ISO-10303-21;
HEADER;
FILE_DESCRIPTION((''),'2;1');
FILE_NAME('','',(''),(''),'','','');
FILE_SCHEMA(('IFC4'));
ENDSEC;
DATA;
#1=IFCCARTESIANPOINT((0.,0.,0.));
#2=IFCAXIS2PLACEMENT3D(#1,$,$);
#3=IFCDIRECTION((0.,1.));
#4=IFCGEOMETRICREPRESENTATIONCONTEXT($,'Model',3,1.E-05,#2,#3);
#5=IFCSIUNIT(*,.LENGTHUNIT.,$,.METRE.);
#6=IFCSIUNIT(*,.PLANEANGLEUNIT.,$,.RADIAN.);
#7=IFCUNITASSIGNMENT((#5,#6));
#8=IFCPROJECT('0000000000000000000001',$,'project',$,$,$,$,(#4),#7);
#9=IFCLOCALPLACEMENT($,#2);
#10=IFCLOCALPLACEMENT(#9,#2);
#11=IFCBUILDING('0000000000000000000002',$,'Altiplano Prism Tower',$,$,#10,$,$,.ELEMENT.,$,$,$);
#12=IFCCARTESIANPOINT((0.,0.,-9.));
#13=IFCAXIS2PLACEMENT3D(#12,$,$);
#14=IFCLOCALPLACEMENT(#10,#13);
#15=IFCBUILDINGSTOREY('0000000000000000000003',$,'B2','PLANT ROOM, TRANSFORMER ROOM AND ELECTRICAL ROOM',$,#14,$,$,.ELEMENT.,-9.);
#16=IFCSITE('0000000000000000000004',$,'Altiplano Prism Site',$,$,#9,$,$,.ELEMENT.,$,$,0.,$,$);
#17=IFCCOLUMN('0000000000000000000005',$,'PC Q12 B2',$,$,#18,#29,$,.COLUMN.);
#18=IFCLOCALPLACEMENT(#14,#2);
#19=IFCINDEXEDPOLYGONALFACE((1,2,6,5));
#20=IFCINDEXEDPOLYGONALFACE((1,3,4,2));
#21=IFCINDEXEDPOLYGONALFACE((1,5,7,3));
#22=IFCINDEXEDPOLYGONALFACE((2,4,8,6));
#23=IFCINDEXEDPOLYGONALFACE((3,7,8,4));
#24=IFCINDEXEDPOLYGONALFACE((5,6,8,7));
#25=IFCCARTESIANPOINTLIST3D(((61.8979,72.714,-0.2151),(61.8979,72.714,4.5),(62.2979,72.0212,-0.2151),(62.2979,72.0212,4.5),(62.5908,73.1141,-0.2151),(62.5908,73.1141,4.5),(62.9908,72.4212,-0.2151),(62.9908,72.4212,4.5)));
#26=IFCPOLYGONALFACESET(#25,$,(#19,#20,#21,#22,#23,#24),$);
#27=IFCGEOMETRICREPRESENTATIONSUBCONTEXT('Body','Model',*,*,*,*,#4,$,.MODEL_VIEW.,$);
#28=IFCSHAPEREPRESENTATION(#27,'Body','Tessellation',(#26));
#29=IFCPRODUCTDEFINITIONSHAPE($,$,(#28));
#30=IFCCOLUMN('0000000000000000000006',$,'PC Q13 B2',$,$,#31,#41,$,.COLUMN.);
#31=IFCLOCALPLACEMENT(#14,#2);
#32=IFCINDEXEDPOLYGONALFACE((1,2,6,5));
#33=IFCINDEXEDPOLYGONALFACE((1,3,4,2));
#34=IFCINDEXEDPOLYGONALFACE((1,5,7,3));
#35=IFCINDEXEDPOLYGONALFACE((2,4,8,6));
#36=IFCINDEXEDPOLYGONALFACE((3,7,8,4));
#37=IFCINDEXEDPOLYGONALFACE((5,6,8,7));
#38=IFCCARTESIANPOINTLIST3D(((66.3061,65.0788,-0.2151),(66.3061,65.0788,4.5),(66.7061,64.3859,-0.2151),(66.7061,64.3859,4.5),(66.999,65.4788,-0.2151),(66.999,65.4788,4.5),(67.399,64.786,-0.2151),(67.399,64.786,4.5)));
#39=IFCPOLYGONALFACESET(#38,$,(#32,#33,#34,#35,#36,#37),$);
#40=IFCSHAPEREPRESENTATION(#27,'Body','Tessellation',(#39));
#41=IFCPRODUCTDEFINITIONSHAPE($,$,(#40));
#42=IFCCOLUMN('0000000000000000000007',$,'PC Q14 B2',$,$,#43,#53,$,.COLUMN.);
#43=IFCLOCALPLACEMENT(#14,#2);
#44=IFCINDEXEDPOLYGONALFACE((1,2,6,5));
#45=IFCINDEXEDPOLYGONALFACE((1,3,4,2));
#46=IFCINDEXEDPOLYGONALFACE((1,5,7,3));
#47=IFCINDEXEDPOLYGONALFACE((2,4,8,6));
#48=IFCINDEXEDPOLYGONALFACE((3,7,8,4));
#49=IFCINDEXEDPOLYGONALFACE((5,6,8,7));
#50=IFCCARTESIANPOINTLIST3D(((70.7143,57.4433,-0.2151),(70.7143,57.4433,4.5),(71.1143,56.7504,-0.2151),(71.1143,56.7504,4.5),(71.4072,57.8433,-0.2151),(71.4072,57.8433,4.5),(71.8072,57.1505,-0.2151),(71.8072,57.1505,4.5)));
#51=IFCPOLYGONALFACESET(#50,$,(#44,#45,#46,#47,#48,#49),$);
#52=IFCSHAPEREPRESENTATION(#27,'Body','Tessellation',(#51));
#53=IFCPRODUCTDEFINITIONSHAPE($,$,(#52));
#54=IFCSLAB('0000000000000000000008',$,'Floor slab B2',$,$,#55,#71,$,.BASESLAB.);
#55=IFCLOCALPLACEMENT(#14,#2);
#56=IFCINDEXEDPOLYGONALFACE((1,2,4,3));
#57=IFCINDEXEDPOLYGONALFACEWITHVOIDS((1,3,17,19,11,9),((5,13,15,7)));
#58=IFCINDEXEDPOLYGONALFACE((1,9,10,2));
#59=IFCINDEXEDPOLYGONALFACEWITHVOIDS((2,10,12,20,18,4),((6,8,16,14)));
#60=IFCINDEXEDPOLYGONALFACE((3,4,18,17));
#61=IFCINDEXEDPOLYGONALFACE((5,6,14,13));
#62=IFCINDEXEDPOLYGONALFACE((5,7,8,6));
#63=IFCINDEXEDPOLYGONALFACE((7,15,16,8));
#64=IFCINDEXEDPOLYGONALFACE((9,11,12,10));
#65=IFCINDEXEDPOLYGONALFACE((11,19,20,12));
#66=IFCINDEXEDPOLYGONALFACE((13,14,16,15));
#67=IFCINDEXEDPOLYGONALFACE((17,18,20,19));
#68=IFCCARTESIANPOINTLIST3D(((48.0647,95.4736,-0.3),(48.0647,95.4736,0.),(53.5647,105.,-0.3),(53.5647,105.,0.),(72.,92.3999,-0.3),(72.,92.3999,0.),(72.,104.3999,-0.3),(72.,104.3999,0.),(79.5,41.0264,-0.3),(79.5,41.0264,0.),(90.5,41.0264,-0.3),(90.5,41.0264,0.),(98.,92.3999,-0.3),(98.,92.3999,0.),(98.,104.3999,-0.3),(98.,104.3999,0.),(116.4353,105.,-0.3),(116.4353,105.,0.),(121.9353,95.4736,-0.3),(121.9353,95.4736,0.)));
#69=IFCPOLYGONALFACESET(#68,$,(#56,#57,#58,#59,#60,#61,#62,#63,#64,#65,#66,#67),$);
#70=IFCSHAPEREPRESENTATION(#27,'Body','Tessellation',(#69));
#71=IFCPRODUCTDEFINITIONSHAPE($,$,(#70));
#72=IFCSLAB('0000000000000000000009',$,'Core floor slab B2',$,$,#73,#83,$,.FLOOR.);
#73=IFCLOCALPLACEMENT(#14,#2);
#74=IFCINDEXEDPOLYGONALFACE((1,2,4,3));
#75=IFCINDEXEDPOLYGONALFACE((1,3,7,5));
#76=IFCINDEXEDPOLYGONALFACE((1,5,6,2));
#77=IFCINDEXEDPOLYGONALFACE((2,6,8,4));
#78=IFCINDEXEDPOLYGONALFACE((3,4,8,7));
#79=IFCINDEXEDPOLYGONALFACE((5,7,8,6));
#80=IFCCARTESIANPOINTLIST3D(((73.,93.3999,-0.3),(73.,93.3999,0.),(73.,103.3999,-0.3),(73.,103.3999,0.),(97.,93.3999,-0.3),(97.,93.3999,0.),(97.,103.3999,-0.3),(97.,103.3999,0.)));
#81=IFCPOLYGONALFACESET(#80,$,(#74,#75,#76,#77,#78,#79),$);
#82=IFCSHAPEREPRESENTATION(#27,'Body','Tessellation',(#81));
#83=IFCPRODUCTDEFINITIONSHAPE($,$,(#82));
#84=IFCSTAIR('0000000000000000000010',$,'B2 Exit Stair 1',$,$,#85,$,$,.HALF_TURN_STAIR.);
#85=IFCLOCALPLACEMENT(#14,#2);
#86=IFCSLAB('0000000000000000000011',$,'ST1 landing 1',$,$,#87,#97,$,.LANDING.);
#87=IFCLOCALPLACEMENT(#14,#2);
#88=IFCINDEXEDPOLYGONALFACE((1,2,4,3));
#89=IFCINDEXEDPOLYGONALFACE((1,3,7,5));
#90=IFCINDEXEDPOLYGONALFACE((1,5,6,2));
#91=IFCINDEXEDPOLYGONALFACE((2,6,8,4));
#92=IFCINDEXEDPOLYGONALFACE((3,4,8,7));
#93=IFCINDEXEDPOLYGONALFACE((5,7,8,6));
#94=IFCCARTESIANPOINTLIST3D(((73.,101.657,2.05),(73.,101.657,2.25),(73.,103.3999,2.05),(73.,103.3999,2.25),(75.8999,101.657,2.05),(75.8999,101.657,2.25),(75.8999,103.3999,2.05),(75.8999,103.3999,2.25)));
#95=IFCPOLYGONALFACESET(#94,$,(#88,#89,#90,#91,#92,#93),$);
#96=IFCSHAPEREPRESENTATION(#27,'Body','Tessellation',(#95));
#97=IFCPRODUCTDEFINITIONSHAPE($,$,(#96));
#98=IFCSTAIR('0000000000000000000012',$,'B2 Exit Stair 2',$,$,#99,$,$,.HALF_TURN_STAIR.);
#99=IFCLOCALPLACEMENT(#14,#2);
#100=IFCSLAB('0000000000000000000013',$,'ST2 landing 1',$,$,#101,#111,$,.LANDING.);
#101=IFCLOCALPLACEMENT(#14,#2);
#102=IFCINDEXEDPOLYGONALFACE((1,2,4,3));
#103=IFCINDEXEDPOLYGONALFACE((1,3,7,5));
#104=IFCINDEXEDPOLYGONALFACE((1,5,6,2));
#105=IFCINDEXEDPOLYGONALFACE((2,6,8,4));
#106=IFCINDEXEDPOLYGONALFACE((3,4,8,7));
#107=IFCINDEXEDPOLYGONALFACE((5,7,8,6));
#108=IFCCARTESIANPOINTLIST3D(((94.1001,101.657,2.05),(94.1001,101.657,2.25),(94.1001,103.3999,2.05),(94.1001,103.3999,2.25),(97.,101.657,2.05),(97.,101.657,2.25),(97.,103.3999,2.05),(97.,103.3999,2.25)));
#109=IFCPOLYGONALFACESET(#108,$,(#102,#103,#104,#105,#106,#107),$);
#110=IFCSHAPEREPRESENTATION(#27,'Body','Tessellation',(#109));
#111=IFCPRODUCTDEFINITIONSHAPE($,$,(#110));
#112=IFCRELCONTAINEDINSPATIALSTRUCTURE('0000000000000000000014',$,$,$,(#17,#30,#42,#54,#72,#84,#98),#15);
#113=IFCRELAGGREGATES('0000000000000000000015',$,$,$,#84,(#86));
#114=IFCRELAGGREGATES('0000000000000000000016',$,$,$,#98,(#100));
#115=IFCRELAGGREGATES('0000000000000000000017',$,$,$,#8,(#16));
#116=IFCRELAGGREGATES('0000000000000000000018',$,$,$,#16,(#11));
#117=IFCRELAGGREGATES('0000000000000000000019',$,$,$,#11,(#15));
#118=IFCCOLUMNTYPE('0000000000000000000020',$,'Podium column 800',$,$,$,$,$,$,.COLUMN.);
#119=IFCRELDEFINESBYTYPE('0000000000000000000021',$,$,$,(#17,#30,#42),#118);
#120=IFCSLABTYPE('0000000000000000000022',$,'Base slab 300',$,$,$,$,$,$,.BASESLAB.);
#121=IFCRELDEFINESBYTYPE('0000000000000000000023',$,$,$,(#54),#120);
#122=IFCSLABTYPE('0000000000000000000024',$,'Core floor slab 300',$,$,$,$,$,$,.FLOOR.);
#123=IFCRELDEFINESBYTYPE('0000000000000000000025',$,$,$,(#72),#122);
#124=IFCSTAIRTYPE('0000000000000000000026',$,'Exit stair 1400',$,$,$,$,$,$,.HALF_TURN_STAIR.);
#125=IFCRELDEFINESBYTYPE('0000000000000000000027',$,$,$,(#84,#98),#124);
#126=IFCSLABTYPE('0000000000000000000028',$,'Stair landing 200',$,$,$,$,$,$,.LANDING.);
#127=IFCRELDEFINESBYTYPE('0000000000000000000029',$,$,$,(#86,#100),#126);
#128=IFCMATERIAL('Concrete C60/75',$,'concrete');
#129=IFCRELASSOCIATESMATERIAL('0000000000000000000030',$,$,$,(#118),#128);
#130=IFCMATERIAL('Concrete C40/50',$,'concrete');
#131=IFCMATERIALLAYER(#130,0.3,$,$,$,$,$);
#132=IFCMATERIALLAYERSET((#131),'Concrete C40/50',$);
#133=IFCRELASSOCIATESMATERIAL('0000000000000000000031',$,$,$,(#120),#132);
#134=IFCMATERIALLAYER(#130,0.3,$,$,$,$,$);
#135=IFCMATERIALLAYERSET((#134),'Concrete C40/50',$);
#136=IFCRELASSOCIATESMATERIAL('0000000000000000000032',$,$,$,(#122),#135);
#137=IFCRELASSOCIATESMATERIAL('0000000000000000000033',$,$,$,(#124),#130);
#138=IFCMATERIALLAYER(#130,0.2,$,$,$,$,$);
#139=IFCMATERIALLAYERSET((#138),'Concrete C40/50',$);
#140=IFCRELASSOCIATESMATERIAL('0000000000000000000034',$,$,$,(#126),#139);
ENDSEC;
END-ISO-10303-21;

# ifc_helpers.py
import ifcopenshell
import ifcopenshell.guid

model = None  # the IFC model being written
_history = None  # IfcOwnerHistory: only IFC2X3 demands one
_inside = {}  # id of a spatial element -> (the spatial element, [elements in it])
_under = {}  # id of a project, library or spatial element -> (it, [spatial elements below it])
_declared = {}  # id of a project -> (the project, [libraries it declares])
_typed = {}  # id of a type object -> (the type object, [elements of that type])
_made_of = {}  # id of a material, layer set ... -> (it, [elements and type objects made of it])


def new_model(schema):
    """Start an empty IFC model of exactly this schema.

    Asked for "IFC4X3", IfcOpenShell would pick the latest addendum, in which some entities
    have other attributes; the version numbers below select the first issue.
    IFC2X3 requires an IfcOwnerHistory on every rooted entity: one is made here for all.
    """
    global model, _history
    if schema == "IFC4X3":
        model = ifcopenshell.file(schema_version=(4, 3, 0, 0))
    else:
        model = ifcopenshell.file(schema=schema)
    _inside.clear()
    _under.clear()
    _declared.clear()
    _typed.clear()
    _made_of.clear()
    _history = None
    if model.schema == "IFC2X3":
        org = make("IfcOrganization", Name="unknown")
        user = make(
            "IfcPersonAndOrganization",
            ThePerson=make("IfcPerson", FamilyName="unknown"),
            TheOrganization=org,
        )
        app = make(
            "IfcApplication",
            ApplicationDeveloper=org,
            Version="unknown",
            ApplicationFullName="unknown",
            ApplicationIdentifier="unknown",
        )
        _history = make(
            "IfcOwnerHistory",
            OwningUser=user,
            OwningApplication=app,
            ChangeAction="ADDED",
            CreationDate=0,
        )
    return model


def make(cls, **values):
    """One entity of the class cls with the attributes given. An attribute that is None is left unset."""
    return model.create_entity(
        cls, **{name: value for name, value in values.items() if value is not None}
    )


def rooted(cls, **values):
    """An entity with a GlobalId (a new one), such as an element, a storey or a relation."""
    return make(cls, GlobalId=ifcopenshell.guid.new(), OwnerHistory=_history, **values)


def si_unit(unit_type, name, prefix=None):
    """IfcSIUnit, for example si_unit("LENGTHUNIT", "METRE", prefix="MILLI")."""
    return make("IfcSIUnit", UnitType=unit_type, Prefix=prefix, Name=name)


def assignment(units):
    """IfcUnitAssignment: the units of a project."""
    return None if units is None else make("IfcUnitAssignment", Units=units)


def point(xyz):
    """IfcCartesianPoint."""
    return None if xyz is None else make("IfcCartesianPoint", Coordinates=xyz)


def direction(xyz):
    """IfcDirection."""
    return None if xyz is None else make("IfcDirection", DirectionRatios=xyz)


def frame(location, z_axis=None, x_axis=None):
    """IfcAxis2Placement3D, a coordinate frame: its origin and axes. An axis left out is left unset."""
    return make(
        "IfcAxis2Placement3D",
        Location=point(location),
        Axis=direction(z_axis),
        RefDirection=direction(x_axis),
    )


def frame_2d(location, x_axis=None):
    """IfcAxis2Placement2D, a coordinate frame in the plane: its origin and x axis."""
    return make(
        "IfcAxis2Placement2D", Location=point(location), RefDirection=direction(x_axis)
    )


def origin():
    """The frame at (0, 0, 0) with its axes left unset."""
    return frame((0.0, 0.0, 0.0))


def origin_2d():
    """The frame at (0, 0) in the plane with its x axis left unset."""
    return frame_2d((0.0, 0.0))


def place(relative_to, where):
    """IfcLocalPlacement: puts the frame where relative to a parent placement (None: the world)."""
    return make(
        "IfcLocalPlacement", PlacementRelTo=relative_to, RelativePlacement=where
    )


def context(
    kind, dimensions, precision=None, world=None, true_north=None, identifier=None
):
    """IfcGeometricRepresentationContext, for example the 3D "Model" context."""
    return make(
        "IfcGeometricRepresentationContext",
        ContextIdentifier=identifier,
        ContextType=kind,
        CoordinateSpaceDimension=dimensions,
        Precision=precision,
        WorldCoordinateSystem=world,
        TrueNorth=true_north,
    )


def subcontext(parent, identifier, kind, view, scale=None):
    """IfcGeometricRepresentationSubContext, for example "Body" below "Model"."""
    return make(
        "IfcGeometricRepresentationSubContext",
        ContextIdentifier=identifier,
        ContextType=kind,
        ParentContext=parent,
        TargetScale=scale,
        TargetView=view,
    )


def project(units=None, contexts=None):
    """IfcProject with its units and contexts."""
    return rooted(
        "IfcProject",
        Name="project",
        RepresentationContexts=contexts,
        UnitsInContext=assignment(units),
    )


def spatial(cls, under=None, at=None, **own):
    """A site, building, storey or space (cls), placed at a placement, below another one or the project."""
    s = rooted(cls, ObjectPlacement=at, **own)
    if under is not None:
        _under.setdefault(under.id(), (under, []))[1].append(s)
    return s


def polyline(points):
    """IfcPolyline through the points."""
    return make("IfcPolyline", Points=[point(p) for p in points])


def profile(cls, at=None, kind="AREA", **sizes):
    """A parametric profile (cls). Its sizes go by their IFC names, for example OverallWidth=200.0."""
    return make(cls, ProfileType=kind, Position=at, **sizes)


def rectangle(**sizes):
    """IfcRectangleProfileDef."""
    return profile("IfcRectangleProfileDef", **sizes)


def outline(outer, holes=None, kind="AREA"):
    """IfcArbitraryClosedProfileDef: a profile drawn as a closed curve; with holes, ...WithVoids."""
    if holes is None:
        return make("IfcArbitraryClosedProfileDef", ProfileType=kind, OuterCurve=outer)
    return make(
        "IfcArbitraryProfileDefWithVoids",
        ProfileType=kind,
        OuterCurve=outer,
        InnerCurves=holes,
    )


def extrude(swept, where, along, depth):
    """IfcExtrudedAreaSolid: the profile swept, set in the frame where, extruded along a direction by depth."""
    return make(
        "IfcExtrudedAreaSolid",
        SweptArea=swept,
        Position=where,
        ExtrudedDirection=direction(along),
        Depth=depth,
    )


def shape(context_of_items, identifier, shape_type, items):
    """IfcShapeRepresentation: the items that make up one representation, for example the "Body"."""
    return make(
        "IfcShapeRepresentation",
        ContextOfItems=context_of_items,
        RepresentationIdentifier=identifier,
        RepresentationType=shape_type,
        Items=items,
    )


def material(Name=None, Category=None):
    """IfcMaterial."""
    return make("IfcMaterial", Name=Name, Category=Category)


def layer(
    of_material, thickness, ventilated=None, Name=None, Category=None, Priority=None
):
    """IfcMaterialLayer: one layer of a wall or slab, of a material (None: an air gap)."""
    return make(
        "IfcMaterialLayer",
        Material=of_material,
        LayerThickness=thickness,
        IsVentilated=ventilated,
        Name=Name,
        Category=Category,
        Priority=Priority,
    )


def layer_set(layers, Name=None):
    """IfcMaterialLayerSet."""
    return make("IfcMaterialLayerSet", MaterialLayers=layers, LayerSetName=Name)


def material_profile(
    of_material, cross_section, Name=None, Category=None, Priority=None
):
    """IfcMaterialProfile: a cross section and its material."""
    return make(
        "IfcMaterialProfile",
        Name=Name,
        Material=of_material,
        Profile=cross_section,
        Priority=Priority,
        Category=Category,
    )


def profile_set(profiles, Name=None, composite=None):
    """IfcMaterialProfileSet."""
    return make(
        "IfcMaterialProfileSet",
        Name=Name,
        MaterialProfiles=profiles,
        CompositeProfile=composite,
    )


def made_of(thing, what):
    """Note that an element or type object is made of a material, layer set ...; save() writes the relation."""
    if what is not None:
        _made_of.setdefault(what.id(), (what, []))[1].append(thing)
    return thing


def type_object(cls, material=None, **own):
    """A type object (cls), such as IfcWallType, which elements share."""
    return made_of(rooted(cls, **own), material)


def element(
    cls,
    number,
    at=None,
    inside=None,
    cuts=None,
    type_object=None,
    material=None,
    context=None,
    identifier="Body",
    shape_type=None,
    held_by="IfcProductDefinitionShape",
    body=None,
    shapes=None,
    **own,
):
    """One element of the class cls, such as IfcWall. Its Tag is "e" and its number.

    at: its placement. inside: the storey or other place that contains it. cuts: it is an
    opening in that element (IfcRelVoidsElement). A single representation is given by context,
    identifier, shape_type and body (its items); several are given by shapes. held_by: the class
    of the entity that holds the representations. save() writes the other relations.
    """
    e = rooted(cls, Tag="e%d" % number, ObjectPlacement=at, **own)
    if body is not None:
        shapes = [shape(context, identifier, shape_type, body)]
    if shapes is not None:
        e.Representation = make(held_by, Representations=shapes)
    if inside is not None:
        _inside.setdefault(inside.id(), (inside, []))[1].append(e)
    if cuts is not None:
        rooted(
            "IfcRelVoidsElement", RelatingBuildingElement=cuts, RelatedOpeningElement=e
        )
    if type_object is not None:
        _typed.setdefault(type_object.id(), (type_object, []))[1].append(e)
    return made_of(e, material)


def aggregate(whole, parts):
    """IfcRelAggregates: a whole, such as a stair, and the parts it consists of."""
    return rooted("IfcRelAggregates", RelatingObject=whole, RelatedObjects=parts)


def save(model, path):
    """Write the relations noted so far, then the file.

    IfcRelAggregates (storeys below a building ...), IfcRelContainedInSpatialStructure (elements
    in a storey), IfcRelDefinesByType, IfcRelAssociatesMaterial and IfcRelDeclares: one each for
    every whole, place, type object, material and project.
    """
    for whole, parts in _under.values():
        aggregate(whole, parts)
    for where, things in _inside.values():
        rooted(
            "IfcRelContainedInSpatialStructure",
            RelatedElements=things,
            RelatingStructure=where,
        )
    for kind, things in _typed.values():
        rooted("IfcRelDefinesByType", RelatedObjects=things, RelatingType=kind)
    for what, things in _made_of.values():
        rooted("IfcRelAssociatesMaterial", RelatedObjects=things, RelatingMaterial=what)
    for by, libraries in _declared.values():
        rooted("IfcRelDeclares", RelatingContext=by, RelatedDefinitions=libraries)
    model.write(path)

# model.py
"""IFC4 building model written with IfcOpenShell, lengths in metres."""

from ifc_helpers import new_model, si_unit, direction, frame, origin, origin_2d, place, context, subcontext, project, spatial, polyline, rectangle, outline, extrude, material, layer, layer_set, material_profile, profile_set, type_object, element, aggregate, save


model = new_model("IFC4")

# Units and contexts
model_context = context("Model", 3, precision=1e-05, world=origin(), true_north=direction((0.0, 1.0)))
body_context = subcontext(model_context, "Body", "Model", "MODEL_VIEW")
ifc_project = project(units=[si_unit("LENGTHUNIT", "METRE"), si_unit("PLANEANGLEUNIT", "RADIAN")], contexts=[model_context])

# Site, building, storey
site_placement = place(None, origin())
site = spatial("IfcSite", under=ifc_project, at=site_placement, Name="Altiplano Prism Site", CompositionType="ELEMENT", RefElevation=0.0)
building_placement = place(site_placement, origin())
building = spatial("IfcBuilding", under=site, at=building_placement, Name="Altiplano Prism Tower", CompositionType="ELEMENT")
storey_placement = place(building_placement, frame((0.0, 0.0, -9.0)))
storey = spatial("IfcBuildingStorey", under=building, at=storey_placement, Name="B2", Description="PLANT ROOM, TRANSFORMER ROOM AND ELECTRICAL ROOM", CompositionType="ELEMENT", Elevation=-9.0)

# Shared definitions
ifc_material_1 = material(Name="Concrete C40/50", Category="concrete")

# Columns
ifc_material_2 = material(Name="Concrete C60/75", Category="concrete")
ifc_material_profile_1 = material_profile(ifc_material_2, rectangle(XDim=0.8, YDim=0.8, at=origin_2d()), Name="Podium column 800")
ifc_profile_set_1 = profile_set([ifc_material_profile_1], Name="Concrete C60/75")
column_type_1 = type_object("IfcColumnType", Name="Podium column 800", PredefinedType="COLUMN", material=ifc_profile_set_1)
for number, where, z_axis, x_axis, name in (
    (1, (62.4443, 72.5676, -0.2151), (0.0, 0.0, 1.0), (0.866025, 0.5, 0.0), "PC Q12 B2"),
    (2, (66.8525, 64.9324, -0.2151), (0.0, 0.0, 1.0), (0.866025, 0.5, 0.0), "PC Q13 B2"),
    (3, (71.2607, 57.2969, -0.2151), (0.0, 0.0, 1.0), (0.866025, 0.5, 0.0), "PC Q14 B2"),
):
    element("IfcColumn", number, at=place(storey_placement, frame(where, z_axis=z_axis, x_axis=x_axis)), inside=storey, type_object=column_type_1, Name=name, PredefinedType="COLUMN", context=body_context, shape_type="SweptSolid", body=[
        extrude(rectangle(XDim=0.8, YDim=0.8, at=origin_2d()), origin(), (0.0, 0.0, 1.0), 4.7151),
    ])

# Slabs
ifc_layer_1 = layer(ifc_material_1, 0.3)
ifc_layer_set_1 = layer_set([ifc_layer_1], Name="Concrete C40/50")
slab_type_1 = type_object("IfcSlabType", Name="Base slab 300", PredefinedType="BASESLAB", material=ifc_layer_set_1)
slab_1_placement = place(storey_placement, frame((0.0, 0.0, -0.3)))
element("IfcSlab", 4, at=slab_1_placement, inside=storey, type_object=slab_type_1, Name="Floor slab B2", PredefinedType="BASESLAB", context=body_context, shape_type="SweptSolid", body=[
    extrude(outline(polyline([(121.9353, 95.4736), (90.5, 41.0264), (79.5, 41.0264), (48.0647, 95.4736), (53.5647, 105.0), (116.4353, 105.0), (121.9353, 95.4736)]), holes=[polyline([(98.0, 92.3999), (98.0, 104.3999), (72.0, 104.3999), (72.0, 92.3999), (98.0, 92.3999)])]), origin(), (0.0, 0.0, 1.0), 0.3),
])
ifc_layer_2 = layer(ifc_material_1, 0.3)
ifc_layer_set_2 = layer_set([ifc_layer_2], Name="Concrete C40/50")
slab_type_2 = type_object("IfcSlabType", Name="Core floor slab 300", PredefinedType="FLOOR", material=ifc_layer_set_2)
slab_2_placement = place(storey_placement, frame((0.0, 0.0, -0.3)))
element("IfcSlab", 5, at=slab_2_placement, inside=storey, type_object=slab_type_2, Name="Core floor slab B2", PredefinedType="FLOOR", context=body_context, shape_type="SweptSolid", body=[
    extrude(outline(polyline([(97.0, 93.3999), (97.0, 103.3999), (73.0, 103.3999), (73.0, 93.3999), (97.0, 93.3999)])), origin(), (0.0, 0.0, 1.0), 0.3),
])

# Stairs, slabs
stair_type = type_object("IfcStairType", Name="Exit stair 1400", PredefinedType="HALF_TURN_STAIR", material=ifc_material_1)
stair_1_placement = place(storey_placement, origin())
stair_1 = element("IfcStair", 6, at=stair_1_placement, inside=storey, type_object=stair_type, Name="B2 Exit Stair 1", PredefinedType="HALF_TURN_STAIR")
ifc_layer_3 = layer(ifc_material_1, 0.2)
ifc_layer_set_3 = layer_set([ifc_layer_3], Name="Concrete C40/50")
slab_type_3 = type_object("IfcSlabType", Name="Stair landing 200", PredefinedType="LANDING", material=ifc_layer_set_3)
slab_3_placement = place(storey_placement, frame((0.0, 0.0, 2.05)))
slab_3 = element("IfcSlab", 7, at=slab_3_placement, type_object=slab_type_3, Name="ST1 landing 1", PredefinedType="LANDING", context=body_context, shape_type="SweptSolid", body=[
    extrude(outline(polyline([(75.8999, 101.657), (75.8999, 103.3999), (73.0, 103.3999), (73.0, 101.657), (75.8999, 101.657)])), origin(), (0.0, 0.0, 1.0), 0.2),
])
aggregate(stair_1, [slab_3])
stair_2_placement = place(storey_placement, origin())
stair_2 = element("IfcStair", 8, at=stair_2_placement, inside=storey, type_object=stair_type, Name="B2 Exit Stair 2", PredefinedType="HALF_TURN_STAIR")
slab_4_placement = place(storey_placement, frame((0.0, 0.0, 2.05)))
slab_4 = element("IfcSlab", 9, at=slab_4_placement, type_object=slab_type_3, Name="ST2 landing 1", PredefinedType="LANDING", context=body_context, shape_type="SweptSolid", body=[
    extrude(outline(polyline([(97.0, 101.657), (97.0, 103.3999), (94.1001, 103.3999), (94.1001, 101.657), (97.0, 101.657)])), origin(), (0.0, 0.0, 1.0), 0.2),
])
aggregate(stair_2, [slab_4])

save(model, "model.ifc")
